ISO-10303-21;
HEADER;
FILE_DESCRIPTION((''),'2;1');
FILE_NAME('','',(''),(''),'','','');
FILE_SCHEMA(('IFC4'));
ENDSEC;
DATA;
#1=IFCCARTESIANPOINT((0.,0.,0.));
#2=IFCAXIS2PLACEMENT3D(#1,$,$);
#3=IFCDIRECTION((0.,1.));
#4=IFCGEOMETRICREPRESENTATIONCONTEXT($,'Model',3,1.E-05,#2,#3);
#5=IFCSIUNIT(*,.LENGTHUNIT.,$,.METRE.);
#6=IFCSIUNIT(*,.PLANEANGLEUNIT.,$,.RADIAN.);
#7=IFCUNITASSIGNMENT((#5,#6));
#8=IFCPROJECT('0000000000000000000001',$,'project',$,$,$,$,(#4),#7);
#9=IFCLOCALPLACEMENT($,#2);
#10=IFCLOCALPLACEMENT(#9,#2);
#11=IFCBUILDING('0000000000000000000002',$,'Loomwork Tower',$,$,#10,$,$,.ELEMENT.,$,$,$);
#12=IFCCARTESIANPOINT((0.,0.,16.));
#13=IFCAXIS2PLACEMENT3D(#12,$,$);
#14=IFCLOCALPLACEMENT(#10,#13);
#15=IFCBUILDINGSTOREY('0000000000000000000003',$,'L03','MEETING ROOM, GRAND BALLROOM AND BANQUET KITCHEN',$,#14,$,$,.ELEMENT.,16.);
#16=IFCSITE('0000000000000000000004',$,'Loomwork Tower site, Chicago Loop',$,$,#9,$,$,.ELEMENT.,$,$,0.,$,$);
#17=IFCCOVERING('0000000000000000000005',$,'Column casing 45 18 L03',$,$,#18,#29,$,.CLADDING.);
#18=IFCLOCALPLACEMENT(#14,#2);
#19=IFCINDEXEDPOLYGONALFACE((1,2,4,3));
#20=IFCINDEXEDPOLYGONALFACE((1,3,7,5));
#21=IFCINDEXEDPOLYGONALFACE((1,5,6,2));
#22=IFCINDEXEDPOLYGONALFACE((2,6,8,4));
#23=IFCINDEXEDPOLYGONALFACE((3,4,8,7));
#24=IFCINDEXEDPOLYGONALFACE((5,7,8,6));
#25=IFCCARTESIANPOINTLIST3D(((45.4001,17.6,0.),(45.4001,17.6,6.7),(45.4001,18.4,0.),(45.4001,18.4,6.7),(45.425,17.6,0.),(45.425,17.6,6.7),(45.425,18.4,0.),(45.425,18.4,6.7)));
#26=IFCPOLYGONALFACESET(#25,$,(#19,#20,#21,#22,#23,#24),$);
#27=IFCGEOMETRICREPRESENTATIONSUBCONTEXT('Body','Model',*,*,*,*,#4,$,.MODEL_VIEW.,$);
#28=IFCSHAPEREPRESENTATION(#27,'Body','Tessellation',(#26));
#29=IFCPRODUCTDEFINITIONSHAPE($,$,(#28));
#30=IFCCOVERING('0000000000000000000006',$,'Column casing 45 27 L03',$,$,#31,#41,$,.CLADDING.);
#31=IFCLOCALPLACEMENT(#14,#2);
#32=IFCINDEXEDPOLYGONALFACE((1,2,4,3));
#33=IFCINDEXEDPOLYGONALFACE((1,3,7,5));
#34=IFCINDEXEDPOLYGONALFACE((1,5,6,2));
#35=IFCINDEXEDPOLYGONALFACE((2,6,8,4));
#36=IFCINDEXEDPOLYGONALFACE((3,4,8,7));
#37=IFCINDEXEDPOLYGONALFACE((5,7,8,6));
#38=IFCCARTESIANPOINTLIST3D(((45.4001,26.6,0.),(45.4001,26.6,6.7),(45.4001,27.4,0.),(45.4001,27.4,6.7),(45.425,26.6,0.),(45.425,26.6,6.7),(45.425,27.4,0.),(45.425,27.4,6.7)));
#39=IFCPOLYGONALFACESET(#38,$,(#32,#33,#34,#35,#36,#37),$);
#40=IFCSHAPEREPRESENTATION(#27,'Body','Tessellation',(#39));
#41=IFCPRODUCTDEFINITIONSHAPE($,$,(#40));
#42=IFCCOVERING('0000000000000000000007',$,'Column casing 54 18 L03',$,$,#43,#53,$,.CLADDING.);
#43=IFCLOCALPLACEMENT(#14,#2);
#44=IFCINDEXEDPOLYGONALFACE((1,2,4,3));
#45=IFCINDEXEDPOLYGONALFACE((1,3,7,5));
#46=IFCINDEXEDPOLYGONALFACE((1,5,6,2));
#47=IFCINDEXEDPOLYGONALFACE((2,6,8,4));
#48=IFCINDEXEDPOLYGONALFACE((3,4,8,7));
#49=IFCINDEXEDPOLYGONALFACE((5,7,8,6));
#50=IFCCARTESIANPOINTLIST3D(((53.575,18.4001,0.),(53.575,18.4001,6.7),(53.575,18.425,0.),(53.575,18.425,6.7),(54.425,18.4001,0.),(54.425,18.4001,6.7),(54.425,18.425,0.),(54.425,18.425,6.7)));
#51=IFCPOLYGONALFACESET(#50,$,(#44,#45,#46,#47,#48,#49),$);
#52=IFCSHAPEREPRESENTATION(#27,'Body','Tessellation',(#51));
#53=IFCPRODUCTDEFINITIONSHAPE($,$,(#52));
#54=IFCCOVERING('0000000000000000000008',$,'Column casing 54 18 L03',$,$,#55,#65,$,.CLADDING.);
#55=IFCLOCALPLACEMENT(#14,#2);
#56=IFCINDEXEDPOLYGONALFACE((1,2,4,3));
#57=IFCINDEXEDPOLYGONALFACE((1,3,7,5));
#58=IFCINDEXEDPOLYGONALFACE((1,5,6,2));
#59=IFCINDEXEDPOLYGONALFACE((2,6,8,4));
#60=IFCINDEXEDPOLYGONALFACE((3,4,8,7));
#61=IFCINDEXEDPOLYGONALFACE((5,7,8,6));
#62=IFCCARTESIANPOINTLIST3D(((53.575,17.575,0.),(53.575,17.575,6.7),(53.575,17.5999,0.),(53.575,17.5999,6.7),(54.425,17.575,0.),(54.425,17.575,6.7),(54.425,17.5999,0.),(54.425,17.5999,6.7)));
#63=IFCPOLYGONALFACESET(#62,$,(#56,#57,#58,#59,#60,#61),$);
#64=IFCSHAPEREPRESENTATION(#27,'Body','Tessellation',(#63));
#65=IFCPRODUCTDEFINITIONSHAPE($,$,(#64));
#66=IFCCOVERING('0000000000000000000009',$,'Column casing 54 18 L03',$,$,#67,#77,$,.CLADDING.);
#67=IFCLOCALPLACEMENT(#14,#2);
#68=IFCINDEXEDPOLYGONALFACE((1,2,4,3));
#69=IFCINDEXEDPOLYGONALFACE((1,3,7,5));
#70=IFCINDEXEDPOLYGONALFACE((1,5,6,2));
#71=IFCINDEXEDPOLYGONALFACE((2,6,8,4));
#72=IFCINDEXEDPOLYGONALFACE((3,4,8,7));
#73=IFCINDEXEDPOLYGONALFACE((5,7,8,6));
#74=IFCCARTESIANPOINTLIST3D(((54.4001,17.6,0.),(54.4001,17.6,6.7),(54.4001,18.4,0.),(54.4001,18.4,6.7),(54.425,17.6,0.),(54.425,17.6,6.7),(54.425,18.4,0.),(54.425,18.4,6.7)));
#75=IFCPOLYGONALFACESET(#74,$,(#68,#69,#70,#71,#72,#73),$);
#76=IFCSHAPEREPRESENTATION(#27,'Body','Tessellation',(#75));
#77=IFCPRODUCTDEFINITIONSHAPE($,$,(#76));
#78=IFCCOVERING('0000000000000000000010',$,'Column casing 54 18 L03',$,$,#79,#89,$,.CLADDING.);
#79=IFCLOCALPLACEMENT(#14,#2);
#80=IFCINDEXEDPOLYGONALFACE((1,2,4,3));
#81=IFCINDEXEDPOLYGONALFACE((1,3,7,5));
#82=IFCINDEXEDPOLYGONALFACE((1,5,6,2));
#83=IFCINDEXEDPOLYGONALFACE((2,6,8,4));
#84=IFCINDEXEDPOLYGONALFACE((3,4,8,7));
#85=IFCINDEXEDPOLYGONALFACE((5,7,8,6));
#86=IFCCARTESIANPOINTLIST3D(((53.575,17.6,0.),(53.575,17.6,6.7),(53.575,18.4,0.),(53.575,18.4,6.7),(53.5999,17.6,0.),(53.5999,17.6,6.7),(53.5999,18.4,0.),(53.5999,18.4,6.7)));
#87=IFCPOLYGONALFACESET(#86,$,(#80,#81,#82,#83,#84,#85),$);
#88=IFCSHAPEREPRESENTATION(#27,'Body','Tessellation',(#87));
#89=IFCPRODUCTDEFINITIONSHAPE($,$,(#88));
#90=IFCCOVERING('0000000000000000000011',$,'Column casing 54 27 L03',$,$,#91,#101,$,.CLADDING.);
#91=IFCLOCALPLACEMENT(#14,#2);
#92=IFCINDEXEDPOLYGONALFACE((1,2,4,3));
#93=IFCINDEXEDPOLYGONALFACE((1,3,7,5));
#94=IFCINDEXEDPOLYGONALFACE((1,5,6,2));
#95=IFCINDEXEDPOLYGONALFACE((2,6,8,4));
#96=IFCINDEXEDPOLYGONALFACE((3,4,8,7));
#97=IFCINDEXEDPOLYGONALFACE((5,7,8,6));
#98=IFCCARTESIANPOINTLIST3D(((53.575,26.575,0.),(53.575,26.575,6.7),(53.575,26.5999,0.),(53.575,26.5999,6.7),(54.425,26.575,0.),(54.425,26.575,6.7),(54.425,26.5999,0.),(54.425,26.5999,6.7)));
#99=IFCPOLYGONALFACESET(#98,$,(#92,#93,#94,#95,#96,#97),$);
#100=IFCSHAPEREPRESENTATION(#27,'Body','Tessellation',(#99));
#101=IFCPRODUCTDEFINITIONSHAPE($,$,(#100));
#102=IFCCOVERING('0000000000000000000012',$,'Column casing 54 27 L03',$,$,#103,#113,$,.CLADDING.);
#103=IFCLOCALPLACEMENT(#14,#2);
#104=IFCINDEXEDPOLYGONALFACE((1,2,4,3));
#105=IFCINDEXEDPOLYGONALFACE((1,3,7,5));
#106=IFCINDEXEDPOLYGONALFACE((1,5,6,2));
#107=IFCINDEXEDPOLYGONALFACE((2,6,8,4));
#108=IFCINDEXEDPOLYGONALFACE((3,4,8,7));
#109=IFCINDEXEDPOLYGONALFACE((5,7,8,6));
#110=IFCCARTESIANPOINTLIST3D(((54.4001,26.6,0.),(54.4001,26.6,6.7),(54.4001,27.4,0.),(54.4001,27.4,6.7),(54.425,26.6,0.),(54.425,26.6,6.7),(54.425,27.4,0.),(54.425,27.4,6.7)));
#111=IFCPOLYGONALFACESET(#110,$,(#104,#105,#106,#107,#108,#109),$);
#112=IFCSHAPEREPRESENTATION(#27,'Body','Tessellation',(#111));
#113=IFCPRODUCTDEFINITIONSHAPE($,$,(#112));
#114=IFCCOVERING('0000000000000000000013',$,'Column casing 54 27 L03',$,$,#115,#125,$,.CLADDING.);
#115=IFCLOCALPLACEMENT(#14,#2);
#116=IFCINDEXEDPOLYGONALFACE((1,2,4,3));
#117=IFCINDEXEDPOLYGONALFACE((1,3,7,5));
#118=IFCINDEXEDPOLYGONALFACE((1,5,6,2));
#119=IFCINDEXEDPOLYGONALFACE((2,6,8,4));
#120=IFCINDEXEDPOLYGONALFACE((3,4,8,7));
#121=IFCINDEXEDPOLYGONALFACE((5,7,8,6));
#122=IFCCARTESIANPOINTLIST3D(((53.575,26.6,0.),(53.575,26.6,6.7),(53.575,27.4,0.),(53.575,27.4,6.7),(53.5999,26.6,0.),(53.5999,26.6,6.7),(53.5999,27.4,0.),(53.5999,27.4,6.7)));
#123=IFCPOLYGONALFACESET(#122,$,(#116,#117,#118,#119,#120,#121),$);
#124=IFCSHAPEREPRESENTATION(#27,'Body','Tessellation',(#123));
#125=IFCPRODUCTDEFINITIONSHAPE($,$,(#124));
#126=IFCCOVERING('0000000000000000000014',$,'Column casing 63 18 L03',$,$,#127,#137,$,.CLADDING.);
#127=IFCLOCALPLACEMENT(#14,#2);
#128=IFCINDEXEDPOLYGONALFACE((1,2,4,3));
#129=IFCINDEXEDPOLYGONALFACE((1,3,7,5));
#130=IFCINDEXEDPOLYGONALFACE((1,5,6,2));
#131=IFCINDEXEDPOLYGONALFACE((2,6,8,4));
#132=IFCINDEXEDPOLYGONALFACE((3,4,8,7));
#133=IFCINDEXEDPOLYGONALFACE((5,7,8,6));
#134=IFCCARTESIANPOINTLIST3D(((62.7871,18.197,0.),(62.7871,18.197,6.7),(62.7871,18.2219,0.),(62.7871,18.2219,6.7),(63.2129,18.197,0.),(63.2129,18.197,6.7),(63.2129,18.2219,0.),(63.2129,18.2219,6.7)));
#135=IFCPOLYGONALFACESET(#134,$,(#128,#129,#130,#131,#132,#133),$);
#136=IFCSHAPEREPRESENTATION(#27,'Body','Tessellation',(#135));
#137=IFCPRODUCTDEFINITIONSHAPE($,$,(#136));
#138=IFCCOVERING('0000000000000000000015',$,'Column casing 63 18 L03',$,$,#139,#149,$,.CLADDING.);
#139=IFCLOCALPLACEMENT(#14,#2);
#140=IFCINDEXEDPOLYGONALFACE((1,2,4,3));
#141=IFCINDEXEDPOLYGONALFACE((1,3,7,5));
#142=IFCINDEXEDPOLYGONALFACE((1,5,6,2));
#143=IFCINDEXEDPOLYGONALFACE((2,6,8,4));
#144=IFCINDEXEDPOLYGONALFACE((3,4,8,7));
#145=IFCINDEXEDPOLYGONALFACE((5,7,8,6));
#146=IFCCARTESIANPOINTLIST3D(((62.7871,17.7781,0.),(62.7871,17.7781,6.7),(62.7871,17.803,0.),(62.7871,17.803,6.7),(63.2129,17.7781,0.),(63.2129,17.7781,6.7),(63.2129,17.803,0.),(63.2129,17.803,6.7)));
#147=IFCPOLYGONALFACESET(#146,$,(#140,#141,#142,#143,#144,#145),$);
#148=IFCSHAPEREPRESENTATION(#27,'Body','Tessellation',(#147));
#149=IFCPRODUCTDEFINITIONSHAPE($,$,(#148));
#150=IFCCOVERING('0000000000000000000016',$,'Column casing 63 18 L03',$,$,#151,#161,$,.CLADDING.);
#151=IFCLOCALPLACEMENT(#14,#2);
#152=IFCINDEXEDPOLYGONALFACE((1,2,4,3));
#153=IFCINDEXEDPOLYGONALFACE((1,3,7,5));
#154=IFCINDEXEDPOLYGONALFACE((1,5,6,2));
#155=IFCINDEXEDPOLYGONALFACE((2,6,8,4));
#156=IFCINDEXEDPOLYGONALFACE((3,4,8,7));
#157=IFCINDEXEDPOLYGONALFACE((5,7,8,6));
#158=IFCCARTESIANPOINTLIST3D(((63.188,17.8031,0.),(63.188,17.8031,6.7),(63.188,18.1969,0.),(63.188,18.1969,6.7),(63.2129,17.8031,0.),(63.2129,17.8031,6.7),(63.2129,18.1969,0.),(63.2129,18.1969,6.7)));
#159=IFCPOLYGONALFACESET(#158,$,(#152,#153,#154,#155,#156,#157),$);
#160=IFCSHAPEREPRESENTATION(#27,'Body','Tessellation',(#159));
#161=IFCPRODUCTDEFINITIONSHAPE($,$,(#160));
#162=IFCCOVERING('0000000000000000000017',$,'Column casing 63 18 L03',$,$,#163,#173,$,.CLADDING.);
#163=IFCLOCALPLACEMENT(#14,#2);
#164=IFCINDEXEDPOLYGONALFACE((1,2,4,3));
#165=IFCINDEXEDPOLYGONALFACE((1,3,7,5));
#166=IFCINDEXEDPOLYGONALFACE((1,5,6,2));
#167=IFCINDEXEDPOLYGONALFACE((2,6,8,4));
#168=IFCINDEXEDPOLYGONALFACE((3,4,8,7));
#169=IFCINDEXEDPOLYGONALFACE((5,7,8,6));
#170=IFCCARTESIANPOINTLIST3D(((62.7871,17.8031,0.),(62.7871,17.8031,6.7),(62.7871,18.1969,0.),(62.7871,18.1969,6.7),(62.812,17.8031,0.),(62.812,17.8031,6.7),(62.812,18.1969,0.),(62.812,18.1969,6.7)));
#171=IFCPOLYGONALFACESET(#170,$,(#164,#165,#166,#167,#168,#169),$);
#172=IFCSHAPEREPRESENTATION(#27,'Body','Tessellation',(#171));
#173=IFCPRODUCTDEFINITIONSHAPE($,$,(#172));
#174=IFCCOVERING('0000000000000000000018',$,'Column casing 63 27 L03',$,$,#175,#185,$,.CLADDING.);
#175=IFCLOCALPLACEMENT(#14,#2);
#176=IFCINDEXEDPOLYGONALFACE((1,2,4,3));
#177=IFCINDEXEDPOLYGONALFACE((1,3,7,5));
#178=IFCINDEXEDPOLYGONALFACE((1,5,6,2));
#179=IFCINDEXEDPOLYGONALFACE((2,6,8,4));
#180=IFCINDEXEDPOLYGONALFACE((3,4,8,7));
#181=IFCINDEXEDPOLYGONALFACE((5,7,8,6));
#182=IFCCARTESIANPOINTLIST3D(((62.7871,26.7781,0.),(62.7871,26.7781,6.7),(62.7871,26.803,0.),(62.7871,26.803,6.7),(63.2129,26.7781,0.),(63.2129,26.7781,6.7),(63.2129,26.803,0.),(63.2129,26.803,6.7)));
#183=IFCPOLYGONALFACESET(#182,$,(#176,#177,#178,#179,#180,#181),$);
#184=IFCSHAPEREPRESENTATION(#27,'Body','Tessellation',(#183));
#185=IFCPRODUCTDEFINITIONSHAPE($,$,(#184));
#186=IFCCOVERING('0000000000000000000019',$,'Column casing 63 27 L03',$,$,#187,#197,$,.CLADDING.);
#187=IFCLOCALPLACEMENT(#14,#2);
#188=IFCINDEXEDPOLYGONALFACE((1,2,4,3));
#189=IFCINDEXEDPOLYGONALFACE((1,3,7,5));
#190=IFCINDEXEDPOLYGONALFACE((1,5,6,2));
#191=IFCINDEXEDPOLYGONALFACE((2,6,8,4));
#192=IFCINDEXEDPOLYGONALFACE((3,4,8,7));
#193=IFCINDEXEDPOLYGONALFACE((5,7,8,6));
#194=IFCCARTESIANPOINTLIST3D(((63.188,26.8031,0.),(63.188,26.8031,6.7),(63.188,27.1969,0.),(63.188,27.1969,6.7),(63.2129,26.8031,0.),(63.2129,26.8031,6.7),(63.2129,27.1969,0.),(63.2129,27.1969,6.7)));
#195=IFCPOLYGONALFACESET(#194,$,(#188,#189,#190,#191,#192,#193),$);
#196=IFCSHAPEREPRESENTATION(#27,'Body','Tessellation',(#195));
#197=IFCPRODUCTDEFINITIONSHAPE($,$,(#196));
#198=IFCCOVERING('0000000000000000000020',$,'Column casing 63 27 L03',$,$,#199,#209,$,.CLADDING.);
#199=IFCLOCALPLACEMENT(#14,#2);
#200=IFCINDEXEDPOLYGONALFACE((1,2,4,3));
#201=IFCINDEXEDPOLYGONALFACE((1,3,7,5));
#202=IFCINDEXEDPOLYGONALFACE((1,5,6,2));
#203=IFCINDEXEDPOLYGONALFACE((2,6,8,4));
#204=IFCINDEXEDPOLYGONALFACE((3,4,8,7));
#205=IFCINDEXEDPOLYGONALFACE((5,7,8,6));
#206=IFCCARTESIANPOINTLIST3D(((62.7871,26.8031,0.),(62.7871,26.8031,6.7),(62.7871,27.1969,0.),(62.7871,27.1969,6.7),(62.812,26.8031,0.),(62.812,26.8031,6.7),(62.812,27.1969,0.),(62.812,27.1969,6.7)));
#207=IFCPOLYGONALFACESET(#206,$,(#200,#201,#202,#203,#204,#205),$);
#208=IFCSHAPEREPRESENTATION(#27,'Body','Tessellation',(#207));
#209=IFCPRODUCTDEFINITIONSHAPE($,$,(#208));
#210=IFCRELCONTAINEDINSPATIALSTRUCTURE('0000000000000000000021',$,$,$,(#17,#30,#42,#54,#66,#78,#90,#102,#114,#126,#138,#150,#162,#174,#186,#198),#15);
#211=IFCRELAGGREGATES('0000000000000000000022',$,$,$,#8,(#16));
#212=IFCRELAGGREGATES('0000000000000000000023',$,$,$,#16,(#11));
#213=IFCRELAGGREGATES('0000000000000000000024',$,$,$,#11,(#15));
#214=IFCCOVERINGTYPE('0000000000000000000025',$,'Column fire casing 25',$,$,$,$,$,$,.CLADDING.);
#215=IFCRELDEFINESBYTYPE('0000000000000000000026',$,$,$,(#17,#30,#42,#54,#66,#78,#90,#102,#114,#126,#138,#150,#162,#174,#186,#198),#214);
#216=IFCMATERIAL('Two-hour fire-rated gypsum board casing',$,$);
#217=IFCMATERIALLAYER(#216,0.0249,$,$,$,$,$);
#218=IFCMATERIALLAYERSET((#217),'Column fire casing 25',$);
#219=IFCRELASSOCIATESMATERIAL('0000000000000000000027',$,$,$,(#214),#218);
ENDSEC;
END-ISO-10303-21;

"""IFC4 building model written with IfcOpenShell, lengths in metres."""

from ifc_helpers import new_model, si_unit, direction, frame, origin, origin_2d, place, context, subcontext, project, spatial, rectangle, extrude, material, layer, layer_set, type_object, element, save


model = new_model("IFC4")

# Units and contexts
model_context = context("Model", 3, precision=1e-05, world=origin(), true_north=direction((0.0, 1.0)))
body_context = subcontext(model_context, "Body", "Model", "MODEL_VIEW")
ifc_project = project(units=[si_unit("LENGTHUNIT", "METRE"), si_unit("PLANEANGLEUNIT", "RADIAN")], contexts=[model_context])

# Site, building, storey
site_placement = place(None, origin())
site = spatial("IfcSite", under=ifc_project, at=site_placement, Name="Loomwork Tower site, Chicago Loop", CompositionType="ELEMENT", RefElevation=0.0)
building_placement = place(site_placement, origin())
building = spatial("IfcBuilding", under=site, at=building_placement, Name="Loomwork Tower", CompositionType="ELEMENT")
storey_placement = place(building_placement, frame((0.0, 0.0, 16.0)))
storey = spatial("IfcBuildingStorey", under=building, at=storey_placement, Name="L03", Description="MEETING ROOM, GRAND BALLROOM AND BANQUET KITCHEN", CompositionType="ELEMENT", Elevation=16.0)

# Coverings
ifc_material_1 = material(Name="Two-hour fire-rated gypsum board casing")
ifc_layer_1 = layer(ifc_material_1, 0.0249)
ifc_layer_set_1 = layer_set([ifc_layer_1], Name="Column fire casing 25")
covering_type = type_object("IfcCoveringType", Name="Column fire casing 25", PredefinedType="CLADDING", material=ifc_layer_set_1)
for number, where, z_axis, x_axis, name in (
    (1, (45.4126, 18.0, 0.0), (0.0, 0.0, 1.0), (1.0, 0.0, 0.0), "Column casing 45 18 L03"),
    (2, (45.4126, 27.0, 0.0), (0.0, 0.0, 1.0), (1.0, 0.0, 0.0), "Column casing 45 27 L03"),
):
    element("IfcCovering", number, at=place(storey_placement, frame(where, z_axis=z_axis, x_axis=x_axis)), inside=storey, type_object=covering_type, Name=name, PredefinedType="CLADDING", context=body_context, shape_type="SweptSolid", body=[
        extrude(rectangle(XDim=0.0249, YDim=0.8, at=origin_2d()), origin(), (0.0, 0.0, 1.0), 6.7),
    ])
for number, where, z_axis, x_axis, name in (
    (3, (54.0, 18.4126, 0.0), (0.0, 0.0, 1.0), (1.0, 0.0, 0.0), "Column casing 54 18 L03"),
    (4, (54.0, 17.5874, 0.0), (0.0, 0.0, 1.0), (1.0, 0.0, 0.0), "Column casing 54 18 L03"),
):
    element("IfcCovering", number, at=place(storey_placement, frame(where, z_axis=z_axis, x_axis=x_axis)), inside=storey, type_object=covering_type, Name=name, PredefinedType="CLADDING", context=body_context, shape_type="SweptSolid", body=[
        extrude(rectangle(XDim=0.8501, YDim=0.0249, at=origin_2d()), origin(), (0.0, 0.0, 1.0), 6.7),
    ])
for number, where, z_axis, x_axis, name in (
    (5, (54.4126, 18.0, 0.0), (0.0, 0.0, 1.0), (1.0, 0.0, 0.0), "Column casing 54 18 L03"),
    (6, (53.5874, 18.0, 0.0), (0.0, 0.0, 1.0), (1.0, 0.0, 0.0), "Column casing 54 18 L03"),
):
    element("IfcCovering", number, at=place(storey_placement, frame(where, z_axis=z_axis, x_axis=x_axis)), inside=storey, type_object=covering_type, Name=name, PredefinedType="CLADDING", context=body_context, shape_type="SweptSolid", body=[
        extrude(rectangle(XDim=0.0249, YDim=0.8, at=origin_2d()), origin(), (0.0, 0.0, 1.0), 6.7),
    ])
covering_1_placement = place(storey_placement, frame((54.0, 26.5874, 0.0), z_axis=(0.0, 0.0, 1.0), x_axis=(1.0, 0.0, 0.0)))
element("IfcCovering", 7, at=covering_1_placement, inside=storey, type_object=covering_type, Name="Column casing 54 27 L03", PredefinedType="CLADDING", context=body_context, shape_type="SweptSolid", body=[
    extrude(rectangle(XDim=0.8501, YDim=0.0249, at=origin_2d()), origin(), (0.0, 0.0, 1.0), 6.7),
])
for number, where, z_axis, x_axis, name in (
    (8, (54.4126, 27.0, 0.0), (0.0, 0.0, 1.0), (1.0, 0.0, 0.0), "Column casing 54 27 L03"),
    (9, (53.5874, 27.0, 0.0), (0.0, 0.0, 1.0), (1.0, 0.0, 0.0), "Column casing 54 27 L03"),
):
    element("IfcCovering", number, at=place(storey_placement, frame(where, z_axis=z_axis, x_axis=x_axis)), inside=storey, type_object=covering_type, Name=name, PredefinedType="CLADDING", context=body_context, shape_type="SweptSolid", body=[
        extrude(rectangle(XDim=0.0249, YDim=0.8, at=origin_2d()), origin(), (0.0, 0.0, 1.0), 6.7),
    ])
for number, where, z_axis, x_axis, name in (
    (10, (63.0, 18.2095, 0.0), (0.0, 0.0, 1.0), (1.0, 0.0, 0.0), "Column casing 63 18 L03"),
    (11, (63.0, 17.7905, 0.0), (0.0, 0.0, 1.0), (1.0, 0.0, 0.0), "Column casing 63 18 L03"),
):
    element("IfcCovering", number, at=place(storey_placement, frame(where, z_axis=z_axis, x_axis=x_axis)), inside=storey, type_object=covering_type, Name=name, PredefinedType="CLADDING", context=body_context, shape_type="SweptSolid", body=[
        extrude(rectangle(XDim=0.4258, YDim=0.0249, at=origin_2d()), origin(), (0.0, 0.0, 1.0), 6.7),
    ])
for number, where, z_axis, x_axis, name in (
    (12, (63.2004, 18.0, 0.0), (0.0, 0.0, 1.0), (1.0, 0.0, 0.0), "Column casing 63 18 L03"),
    (13, (62.7996, 18.0, 0.0), (0.0, 0.0, 1.0), (1.0, 0.0, 0.0), "Column casing 63 18 L03"),
):
    element("IfcCovering", number, at=place(storey_placement, frame(where, z_axis=z_axis, x_axis=x_axis)), inside=storey, type_object=covering_type, Name=name, PredefinedType="CLADDING", context=body_context, shape_type="SweptSolid", body=[
        extrude(rectangle(XDim=0.0249, YDim=0.3938, at=origin_2d()), origin(), (0.0, 0.0, 1.0), 6.7),
    ])
covering_2_placement = place(storey_placement, frame((63.0, 26.7905, 0.0), z_axis=(0.0, 0.0, 1.0), x_axis=(1.0, 0.0, 0.0)))
element("IfcCovering", 14, at=covering_2_placement, inside=storey, type_object=covering_type, Name="Column casing 63 27 L03", PredefinedType="CLADDING", context=body_context, shape_type="SweptSolid", body=[
    extrude(rectangle(XDim=0.4258, YDim=0.0249, at=origin_2d()), origin(), (0.0, 0.0, 1.0), 6.7),
])
for number, where, z_axis, x_axis, name in (
    (15, (63.2004, 27.0, 0.0), (0.0, 0.0, 1.0), (1.0, 0.0, 0.0), "Column casing 63 27 L03"),
    (16, (62.7996, 27.0, 0.0), (0.0, 0.0, 1.0), (1.0, 0.0, 0.0), "Column casing 63 27 L03"),
):
    element("IfcCovering", number, at=place(storey_placement, frame(where, z_axis=z_axis, x_axis=x_axis)), inside=storey, type_object=covering_type, Name=name, PredefinedType="CLADDING", context=body_context, shape_type="SweptSolid", body=[
        extrude(rectangle(XDim=0.0249, YDim=0.3938, at=origin_2d()), origin(), (0.0, 0.0, 1.0), 6.7),
    ])

save(model, "model.ifc")
